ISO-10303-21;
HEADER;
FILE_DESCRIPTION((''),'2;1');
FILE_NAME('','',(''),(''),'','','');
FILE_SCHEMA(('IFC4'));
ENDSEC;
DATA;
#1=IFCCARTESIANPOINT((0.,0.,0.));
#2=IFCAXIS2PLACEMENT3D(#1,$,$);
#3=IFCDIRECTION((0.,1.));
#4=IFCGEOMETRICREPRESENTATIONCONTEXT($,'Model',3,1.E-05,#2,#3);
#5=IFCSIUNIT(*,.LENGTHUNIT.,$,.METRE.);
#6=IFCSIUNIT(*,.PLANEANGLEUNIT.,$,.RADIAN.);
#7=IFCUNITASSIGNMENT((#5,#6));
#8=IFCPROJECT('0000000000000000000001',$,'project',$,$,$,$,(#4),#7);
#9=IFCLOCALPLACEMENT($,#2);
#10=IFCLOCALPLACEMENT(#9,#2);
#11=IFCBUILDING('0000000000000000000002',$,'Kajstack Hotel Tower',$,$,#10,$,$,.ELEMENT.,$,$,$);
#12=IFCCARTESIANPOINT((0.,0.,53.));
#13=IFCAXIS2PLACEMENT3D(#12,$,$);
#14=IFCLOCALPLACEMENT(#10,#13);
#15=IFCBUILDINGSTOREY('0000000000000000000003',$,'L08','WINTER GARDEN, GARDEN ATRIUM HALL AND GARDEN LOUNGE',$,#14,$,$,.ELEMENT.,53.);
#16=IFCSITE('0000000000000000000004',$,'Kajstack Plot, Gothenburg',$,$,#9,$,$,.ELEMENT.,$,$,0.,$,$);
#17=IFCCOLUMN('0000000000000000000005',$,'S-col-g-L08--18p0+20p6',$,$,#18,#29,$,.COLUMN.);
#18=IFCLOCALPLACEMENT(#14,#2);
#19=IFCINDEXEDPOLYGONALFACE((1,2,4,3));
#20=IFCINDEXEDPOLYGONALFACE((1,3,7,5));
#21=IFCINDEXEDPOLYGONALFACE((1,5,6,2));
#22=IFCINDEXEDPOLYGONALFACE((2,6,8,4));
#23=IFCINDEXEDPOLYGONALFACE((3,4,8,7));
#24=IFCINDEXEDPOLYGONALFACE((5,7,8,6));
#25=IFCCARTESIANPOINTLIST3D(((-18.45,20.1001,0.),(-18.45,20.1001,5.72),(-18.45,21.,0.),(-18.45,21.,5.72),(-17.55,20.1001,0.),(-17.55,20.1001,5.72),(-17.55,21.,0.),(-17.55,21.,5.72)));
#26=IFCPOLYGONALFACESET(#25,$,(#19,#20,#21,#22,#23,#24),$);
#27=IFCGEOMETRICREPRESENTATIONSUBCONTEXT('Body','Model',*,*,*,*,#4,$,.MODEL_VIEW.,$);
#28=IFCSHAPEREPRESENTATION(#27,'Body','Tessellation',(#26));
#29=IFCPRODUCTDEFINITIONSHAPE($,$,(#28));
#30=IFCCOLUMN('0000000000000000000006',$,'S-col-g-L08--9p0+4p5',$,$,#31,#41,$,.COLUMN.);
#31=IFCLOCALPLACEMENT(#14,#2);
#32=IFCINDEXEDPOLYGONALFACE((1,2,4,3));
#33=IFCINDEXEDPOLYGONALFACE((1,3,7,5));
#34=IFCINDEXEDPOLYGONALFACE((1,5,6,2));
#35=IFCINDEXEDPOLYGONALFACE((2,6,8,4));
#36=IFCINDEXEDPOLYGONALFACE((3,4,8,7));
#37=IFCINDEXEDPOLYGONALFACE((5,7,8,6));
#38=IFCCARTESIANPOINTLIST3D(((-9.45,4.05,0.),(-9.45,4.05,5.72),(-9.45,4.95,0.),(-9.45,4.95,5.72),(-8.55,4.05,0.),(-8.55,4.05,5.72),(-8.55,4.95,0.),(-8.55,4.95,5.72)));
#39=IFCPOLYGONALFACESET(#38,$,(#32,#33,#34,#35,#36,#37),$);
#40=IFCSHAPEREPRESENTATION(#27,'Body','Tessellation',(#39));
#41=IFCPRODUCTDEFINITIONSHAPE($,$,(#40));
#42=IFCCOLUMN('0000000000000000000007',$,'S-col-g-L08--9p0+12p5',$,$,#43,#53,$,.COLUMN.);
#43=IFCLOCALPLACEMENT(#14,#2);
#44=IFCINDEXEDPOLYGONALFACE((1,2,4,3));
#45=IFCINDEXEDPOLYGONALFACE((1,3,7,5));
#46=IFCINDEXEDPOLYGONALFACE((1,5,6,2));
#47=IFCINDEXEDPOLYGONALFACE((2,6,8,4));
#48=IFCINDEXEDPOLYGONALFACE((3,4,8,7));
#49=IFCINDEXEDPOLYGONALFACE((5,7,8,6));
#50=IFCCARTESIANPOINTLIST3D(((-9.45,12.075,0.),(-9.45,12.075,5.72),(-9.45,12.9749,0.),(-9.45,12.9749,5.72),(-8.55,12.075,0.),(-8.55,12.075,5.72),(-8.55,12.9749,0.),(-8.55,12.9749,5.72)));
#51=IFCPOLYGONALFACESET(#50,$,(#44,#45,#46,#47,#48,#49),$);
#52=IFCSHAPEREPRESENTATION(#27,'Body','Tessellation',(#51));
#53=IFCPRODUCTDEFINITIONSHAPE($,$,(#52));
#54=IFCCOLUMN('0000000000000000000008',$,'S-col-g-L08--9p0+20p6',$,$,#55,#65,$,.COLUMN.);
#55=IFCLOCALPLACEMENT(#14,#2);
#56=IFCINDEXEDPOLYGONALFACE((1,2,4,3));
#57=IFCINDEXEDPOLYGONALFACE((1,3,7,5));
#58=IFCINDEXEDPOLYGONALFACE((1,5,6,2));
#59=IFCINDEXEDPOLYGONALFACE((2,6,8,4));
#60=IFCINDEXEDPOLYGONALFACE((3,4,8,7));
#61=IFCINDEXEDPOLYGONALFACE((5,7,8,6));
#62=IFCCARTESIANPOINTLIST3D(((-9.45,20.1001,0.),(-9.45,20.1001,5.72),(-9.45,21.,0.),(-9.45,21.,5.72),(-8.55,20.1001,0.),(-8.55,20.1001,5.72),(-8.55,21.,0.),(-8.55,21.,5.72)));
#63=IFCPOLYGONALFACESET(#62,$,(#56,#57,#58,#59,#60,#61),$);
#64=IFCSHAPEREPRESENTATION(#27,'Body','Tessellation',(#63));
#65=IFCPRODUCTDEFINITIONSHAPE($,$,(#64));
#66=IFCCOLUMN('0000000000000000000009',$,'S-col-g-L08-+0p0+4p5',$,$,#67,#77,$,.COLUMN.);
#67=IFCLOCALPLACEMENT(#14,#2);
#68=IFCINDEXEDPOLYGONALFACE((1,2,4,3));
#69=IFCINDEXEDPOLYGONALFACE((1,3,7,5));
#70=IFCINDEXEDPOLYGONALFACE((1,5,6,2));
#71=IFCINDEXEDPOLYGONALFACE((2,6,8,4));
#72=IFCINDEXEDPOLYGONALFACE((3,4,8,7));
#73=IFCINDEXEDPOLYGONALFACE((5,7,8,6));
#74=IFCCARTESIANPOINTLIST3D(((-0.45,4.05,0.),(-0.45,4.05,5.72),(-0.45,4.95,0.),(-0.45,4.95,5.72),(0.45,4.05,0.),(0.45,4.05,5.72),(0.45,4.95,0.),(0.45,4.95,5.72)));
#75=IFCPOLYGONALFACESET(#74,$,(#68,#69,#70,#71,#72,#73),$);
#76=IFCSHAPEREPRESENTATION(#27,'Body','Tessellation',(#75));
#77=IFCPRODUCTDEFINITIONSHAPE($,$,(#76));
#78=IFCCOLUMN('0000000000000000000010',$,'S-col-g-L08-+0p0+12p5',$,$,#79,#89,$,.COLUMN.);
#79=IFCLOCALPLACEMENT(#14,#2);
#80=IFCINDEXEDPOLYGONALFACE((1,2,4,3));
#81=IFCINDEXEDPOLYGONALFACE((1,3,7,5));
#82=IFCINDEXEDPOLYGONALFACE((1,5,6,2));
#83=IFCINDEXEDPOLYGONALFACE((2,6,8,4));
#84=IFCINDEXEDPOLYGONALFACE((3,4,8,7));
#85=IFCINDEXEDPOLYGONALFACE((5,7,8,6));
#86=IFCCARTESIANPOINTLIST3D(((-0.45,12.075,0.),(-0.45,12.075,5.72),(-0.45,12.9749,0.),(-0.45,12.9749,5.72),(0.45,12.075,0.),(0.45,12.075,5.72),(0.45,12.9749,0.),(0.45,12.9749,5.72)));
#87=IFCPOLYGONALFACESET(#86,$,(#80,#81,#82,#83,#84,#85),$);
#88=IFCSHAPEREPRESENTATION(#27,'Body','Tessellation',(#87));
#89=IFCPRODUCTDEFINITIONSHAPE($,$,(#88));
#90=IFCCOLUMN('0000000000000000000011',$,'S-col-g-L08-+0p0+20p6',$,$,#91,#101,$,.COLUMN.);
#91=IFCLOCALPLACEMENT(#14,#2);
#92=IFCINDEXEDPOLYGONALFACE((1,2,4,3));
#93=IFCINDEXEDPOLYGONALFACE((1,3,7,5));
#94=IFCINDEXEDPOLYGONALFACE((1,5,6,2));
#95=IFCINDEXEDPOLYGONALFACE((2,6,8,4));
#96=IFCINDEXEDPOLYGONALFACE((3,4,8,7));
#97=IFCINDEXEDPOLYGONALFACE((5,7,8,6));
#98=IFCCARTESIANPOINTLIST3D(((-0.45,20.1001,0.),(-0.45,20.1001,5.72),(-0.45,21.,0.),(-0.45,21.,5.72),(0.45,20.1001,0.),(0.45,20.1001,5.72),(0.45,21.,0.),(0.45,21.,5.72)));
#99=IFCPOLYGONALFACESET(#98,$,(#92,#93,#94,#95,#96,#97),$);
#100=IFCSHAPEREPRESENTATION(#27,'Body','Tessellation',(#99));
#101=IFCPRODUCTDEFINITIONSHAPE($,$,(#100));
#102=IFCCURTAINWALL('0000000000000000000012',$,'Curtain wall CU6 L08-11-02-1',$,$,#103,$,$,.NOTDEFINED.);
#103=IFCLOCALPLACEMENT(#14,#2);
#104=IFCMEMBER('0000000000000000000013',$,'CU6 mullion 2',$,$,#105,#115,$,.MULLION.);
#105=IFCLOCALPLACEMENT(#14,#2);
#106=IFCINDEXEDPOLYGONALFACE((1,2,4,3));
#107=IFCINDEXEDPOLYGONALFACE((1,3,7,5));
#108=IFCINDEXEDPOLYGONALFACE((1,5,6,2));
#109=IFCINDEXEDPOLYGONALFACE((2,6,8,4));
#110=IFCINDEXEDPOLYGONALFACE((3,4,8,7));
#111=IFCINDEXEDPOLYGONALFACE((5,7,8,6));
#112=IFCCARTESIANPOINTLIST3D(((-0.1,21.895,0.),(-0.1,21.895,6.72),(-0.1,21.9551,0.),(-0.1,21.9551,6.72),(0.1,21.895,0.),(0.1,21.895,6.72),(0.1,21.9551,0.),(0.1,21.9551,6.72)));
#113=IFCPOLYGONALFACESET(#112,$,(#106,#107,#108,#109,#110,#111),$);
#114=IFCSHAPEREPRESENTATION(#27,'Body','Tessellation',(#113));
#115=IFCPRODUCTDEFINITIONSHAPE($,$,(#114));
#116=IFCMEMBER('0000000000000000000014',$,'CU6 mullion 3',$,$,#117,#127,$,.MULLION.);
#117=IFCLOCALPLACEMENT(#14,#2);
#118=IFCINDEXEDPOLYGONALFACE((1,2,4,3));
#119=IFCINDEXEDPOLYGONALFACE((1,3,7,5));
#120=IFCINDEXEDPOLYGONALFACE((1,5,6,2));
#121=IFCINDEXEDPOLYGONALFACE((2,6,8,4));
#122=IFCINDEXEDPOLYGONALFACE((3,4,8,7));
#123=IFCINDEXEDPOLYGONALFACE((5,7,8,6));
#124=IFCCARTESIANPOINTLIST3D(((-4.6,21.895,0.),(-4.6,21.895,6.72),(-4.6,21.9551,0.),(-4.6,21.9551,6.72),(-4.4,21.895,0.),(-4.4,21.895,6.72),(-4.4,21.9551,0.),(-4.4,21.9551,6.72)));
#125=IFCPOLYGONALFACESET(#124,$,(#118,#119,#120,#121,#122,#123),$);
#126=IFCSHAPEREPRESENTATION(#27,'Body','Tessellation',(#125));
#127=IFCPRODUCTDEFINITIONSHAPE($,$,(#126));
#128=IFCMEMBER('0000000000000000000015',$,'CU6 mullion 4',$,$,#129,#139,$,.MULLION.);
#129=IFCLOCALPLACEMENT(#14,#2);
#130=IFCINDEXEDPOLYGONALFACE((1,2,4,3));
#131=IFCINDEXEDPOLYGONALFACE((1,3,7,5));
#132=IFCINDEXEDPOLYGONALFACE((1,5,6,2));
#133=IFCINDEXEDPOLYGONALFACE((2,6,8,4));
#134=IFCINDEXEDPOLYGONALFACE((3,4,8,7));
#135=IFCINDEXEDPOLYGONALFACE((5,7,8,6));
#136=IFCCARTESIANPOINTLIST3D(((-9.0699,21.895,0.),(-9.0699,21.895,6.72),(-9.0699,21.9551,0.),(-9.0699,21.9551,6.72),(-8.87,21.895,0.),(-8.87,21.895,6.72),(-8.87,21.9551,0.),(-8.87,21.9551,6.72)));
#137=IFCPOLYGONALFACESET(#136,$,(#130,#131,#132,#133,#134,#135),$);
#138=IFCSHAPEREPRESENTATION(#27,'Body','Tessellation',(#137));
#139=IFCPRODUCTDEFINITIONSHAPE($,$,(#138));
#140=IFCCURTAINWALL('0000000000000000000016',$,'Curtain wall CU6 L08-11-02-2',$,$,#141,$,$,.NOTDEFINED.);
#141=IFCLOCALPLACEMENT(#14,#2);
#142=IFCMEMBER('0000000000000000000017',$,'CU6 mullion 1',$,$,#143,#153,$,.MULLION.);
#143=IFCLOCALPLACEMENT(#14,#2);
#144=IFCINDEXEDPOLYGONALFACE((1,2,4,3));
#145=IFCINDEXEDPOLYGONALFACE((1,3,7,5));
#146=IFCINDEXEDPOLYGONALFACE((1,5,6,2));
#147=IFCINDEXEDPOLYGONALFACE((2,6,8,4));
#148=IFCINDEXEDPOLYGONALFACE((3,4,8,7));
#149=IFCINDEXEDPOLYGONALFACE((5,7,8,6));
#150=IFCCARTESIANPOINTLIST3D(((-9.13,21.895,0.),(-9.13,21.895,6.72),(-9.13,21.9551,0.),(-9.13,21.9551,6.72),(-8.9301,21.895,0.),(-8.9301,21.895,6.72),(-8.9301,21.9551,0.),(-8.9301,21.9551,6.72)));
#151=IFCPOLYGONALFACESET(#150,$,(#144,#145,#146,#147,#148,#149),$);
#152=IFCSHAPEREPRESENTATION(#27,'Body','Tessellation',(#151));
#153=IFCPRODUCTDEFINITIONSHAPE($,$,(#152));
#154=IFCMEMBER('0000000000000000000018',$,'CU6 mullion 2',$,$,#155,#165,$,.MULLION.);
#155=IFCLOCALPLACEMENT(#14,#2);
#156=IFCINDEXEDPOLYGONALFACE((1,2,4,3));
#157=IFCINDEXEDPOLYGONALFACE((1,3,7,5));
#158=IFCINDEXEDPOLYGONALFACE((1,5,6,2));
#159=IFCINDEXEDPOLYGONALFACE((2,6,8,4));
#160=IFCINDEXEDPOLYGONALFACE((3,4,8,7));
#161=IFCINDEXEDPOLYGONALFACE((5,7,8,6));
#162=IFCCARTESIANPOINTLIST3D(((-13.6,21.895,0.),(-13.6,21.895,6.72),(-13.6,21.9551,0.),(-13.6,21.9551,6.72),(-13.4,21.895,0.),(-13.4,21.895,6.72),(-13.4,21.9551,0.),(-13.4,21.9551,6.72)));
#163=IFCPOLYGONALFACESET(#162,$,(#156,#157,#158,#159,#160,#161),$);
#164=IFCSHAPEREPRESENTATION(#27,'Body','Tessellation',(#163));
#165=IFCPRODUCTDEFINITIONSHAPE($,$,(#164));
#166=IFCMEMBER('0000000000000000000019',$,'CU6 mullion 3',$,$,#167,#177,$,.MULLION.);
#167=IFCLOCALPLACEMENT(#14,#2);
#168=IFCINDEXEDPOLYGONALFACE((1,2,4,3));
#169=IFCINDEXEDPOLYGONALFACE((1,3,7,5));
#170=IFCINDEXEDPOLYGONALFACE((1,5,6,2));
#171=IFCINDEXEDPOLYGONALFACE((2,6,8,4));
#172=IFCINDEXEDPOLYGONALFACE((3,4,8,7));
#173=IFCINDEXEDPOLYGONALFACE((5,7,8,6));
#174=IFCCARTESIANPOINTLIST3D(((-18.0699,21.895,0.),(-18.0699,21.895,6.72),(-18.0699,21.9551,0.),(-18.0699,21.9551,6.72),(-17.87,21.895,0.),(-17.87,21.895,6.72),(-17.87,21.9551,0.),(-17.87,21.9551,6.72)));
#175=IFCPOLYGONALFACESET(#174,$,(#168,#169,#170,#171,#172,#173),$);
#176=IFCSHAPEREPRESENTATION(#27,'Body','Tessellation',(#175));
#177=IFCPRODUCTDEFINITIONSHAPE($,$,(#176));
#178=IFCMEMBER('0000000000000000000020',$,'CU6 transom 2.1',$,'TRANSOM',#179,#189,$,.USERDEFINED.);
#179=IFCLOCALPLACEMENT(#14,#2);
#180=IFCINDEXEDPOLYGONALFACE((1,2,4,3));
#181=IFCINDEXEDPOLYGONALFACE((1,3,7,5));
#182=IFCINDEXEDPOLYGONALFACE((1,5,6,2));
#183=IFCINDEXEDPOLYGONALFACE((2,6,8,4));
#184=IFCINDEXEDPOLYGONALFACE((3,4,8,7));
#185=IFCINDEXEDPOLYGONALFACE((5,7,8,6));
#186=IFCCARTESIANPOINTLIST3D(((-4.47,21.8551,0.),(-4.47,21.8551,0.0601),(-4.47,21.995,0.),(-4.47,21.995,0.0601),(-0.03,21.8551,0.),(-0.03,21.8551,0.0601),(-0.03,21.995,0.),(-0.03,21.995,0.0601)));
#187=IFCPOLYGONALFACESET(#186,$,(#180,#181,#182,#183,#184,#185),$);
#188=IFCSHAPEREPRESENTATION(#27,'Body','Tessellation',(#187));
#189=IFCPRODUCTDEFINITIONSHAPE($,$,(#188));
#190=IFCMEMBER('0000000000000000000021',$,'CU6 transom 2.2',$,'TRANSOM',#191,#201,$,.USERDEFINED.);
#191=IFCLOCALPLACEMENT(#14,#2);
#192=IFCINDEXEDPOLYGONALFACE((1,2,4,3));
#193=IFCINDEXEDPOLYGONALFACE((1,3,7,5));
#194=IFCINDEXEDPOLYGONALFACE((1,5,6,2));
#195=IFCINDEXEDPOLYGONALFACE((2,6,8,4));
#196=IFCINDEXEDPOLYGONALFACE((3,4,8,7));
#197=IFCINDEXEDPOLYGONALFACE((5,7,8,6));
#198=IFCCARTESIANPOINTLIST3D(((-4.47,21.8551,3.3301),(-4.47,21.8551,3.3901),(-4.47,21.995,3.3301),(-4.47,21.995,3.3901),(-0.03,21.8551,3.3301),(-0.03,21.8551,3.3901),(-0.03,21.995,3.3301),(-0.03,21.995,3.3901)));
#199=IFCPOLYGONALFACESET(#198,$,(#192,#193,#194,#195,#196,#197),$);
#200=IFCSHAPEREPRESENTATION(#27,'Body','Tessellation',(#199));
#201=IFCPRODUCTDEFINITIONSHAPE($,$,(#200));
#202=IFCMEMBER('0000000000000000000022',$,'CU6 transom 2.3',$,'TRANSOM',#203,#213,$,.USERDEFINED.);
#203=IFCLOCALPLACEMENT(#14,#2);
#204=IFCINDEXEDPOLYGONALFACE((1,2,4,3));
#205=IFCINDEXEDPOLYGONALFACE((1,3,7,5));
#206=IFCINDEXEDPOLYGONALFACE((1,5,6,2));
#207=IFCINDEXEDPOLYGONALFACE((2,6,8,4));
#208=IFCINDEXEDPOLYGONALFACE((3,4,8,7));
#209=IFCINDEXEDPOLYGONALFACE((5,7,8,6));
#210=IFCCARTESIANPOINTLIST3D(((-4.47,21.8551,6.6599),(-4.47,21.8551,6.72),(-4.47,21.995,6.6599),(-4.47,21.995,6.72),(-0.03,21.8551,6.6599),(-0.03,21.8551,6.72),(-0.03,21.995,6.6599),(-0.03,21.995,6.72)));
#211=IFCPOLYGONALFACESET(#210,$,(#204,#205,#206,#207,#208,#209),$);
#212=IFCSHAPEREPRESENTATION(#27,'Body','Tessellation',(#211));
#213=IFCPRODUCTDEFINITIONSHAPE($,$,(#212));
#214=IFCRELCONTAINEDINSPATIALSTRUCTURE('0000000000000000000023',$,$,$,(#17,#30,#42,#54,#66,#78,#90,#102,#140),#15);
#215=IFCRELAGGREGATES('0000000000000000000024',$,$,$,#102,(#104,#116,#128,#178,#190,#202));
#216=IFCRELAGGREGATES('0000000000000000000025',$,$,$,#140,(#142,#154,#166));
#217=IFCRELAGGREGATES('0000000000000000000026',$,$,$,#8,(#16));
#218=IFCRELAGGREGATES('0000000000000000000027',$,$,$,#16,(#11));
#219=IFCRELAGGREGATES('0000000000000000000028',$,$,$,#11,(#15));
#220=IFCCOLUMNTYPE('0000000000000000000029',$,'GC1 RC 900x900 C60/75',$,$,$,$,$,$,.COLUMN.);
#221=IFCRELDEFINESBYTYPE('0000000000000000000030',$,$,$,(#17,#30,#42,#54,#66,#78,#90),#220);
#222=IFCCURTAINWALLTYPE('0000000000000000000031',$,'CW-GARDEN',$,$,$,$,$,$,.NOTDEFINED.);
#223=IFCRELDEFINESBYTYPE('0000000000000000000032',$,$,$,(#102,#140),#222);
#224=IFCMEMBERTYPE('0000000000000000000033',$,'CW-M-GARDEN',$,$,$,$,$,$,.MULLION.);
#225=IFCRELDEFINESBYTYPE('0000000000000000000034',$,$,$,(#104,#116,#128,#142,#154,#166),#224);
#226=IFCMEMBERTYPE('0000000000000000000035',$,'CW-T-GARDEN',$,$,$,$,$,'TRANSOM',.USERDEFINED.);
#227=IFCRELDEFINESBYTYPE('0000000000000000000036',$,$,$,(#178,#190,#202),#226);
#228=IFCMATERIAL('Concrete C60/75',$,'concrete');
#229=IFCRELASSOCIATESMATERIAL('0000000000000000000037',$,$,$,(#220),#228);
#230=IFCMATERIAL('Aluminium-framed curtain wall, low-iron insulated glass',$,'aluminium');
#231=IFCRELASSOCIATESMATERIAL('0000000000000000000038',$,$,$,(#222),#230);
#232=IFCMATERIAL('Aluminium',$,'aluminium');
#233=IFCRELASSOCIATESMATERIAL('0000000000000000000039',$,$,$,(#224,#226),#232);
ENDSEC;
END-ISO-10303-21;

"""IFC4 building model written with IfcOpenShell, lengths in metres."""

from ifc_helpers import new_model, si_unit, direction, frame, origin, origin_2d, place, context, subcontext, project, spatial, rectangle, extrude, material, material_profile, profile_set, type_object, element, aggregate, save


model = new_model("IFC4")

# Units and contexts
model_context = context("Model", 3, precision=1e-05, world=origin(), true_north=direction((0.0, 1.0)))
body_context = subcontext(model_context, "Body", "Model", "MODEL_VIEW")
ifc_project = project(units=[si_unit("LENGTHUNIT", "METRE"), si_unit("PLANEANGLEUNIT", "RADIAN")], contexts=[model_context])

# Site, building, storey
site_placement = place(None, origin())
site = spatial("IfcSite", under=ifc_project, at=site_placement, Name="Kajstack Plot, Gothenburg", CompositionType="ELEMENT", RefElevation=0.0)
building_placement = place(site_placement, origin())
building = spatial("IfcBuilding", under=site, at=building_placement, Name="Kajstack Hotel Tower", CompositionType="ELEMENT")
storey_placement = place(building_placement, frame((0.0, 0.0, 53.0)))
storey = spatial("IfcBuildingStorey", under=building, at=storey_placement, Name="L08", Description="WINTER GARDEN, GARDEN ATRIUM HALL AND GARDEN LOUNGE", CompositionType="ELEMENT", Elevation=53.0)

# Columns
ifc_material_1 = material(Name="Concrete C60/75", Category="concrete")
ifc_material_profile_1 = material_profile(ifc_material_1, rectangle(XDim=0.8999, YDim=0.8999, at=origin_2d()), Name="RC 900x900")
ifc_profile_set_1 = profile_set([ifc_material_profile_1], Name="Concrete C60/75")
column_type = type_object("IfcColumnType", Name="GC1 RC 900x900 C60/75", PredefinedType="COLUMN", material=ifc_profile_set_1)
for number, where, z_axis, x_axis, name in (
    (1, (-18.0, 20.55, 0.0), (0.0, 0.0, 1.0), (1.0, 0.0, 0.0), "S-col-g-L08--18p0+20p6"),
    (2, (-9.0, 4.5, 0.0), (0.0, 0.0, 1.0), (1.0, 0.0, 0.0), "S-col-g-L08--9p0+4p5"),
    (3, (-9.0, 12.5249, 0.0), (0.0, 0.0, 1.0), (1.0, 0.0, 0.0), "S-col-g-L08--9p0+12p5"),
    (4, (-9.0, 20.55, 0.0), (0.0, 0.0, 1.0), (1.0, 0.0, 0.0), "S-col-g-L08--9p0+20p6"),
    (5, (0.0, 4.5, 0.0), (0.0, 0.0, 1.0), (1.0, 0.0, 0.0), "S-col-g-L08-+0p0+4p5"),
    (6, (0.0, 12.5249, 0.0), (0.0, 0.0, 1.0), (1.0, 0.0, 0.0), "S-col-g-L08-+0p0+12p5"),
    (7, (0.0, 20.55, 0.0), (0.0, 0.0, 1.0), (1.0, 0.0, 0.0), "S-col-g-L08-+0p0+20p6"),
):
    element("IfcColumn", number, at=place(storey_placement, frame(where, z_axis=z_axis, x_axis=x_axis)), inside=storey, type_object=column_type, Name=name, PredefinedType="COLUMN", context=body_context, shape_type="SweptSolid", body=[
        extrude(rectangle(XDim=0.8999, YDim=0.8999, at=origin_2d()), origin(), (0.0, 0.0, 1.0), 5.72),
    ])

# Curtain walls, members
ifc_material_2 = material(Name="Aluminium-framed curtain wall, low-iron insulated glass", Category="aluminium")
curtain_wall_type = type_object("IfcCurtainWallType", Name="CW-GARDEN", PredefinedType="NOTDEFINED", material=ifc_material_2)
curtain_wall_1_placement = place(storey_placement, origin())
curtain_wall_1 = element("IfcCurtainWall", 8, at=curtain_wall_1_placement, inside=storey, type_object=curtain_wall_type, Name="Curtain wall CU6 L08-11-02-1", PredefinedType="NOTDEFINED")
ifc_material_3 = material(Name="Aluminium", Category="aluminium")
ifc_material_profile_2 = material_profile(ifc_material_3, rectangle(XDim=0.0601, YDim=0.2, at=origin_2d()), Name="Aluminium mullion 60 x 200")
ifc_profile_set_2 = profile_set([ifc_material_profile_2], Name="Aluminium")
member_type_1 = type_object("IfcMemberType", Name="CW-M-GARDEN", PredefinedType="MULLION", material=ifc_profile_set_2)
member_1_placement = place(storey_placement, frame((0.0, 21.925, 0.0), z_axis=(0.0, 0.0, 1.0), x_axis=(0.0, -1.0, 0.0)))
member_1 = element("IfcMember", 9, at=member_1_placement, type_object=member_type_1, Name="CU6 mullion 2", PredefinedType="MULLION", context=body_context, shape_type="SweptSolid", body=[
    extrude(rectangle(XDim=0.0601, YDim=0.2, at=origin_2d()), origin(), (0.0, 0.0, 1.0), 6.72),
])
member_2_placement = place(storey_placement, frame((-4.5, 21.925, 0.0), z_axis=(0.0, 0.0, 1.0), x_axis=(0.0, -1.0, 0.0)))
member_2 = element("IfcMember", 10, at=member_2_placement, type_object=member_type_1, Name="CU6 mullion 3", PredefinedType="MULLION", context=body_context, shape_type="SweptSolid", body=[
    extrude(rectangle(XDim=0.0601, YDim=0.2, at=origin_2d()), origin(), (0.0, 0.0, 1.0), 6.72),
])
member_3_placement = place(storey_placement, frame((-8.97, 21.925, 0.0), z_axis=(0.0, 0.0, 1.0), x_axis=(0.0, -1.0, 0.0)))
member_3 = element("IfcMember", 11, at=member_3_placement, type_object=member_type_1, Name="CU6 mullion 4", PredefinedType="MULLION", context=body_context, shape_type="SweptSolid", body=[
    extrude(rectangle(XDim=0.0601, YDim=0.2, at=origin_2d()), origin(), (0.0, 0.0, 1.0), 6.72),
])
curtain_wall_2_placement = place(storey_placement, origin())
curtain_wall_2 = element("IfcCurtainWall", 12, at=curtain_wall_2_placement, inside=storey, type_object=curtain_wall_type, Name="Curtain wall CU6 L08-11-02-2", PredefinedType="NOTDEFINED")
member_4_placement = place(storey_placement, frame((-9.03, 21.925, 0.0), z_axis=(0.0, 0.0, 1.0), x_axis=(0.0, -1.0, 0.0)))
member_4 = element("IfcMember", 13, at=member_4_placement, type_object=member_type_1, Name="CU6 mullion 1", PredefinedType="MULLION", context=body_context, shape_type="SweptSolid", body=[
    extrude(rectangle(XDim=0.0601, YDim=0.2, at=origin_2d()), origin(), (0.0, 0.0, 1.0), 6.72),
])
member_5_placement = place(storey_placement, frame((-13.5, 21.925, 0.0), z_axis=(0.0, 0.0, 1.0), x_axis=(0.0, -1.0, 0.0)))
member_5 = element("IfcMember", 14, at=member_5_placement, type_object=member_type_1, Name="CU6 mullion 2", PredefinedType="MULLION", context=body_context, shape_type="SweptSolid", body=[
    extrude(rectangle(XDim=0.0601, YDim=0.2, at=origin_2d()), origin(), (0.0, 0.0, 1.0), 6.72),
])
member_6_placement = place(storey_placement, frame((-17.97, 21.925, 0.0), z_axis=(0.0, 0.0, 1.0), x_axis=(0.0, -1.0, 0.0)))
member_6 = element("IfcMember", 15, at=member_6_placement, type_object=member_type_1, Name="CU6 mullion 3", PredefinedType="MULLION", context=body_context, shape_type="SweptSolid", body=[
    extrude(rectangle(XDim=0.0601, YDim=0.2, at=origin_2d()), origin(), (0.0, 0.0, 1.0), 6.72),
])

# Members
ifc_material_profile_3 = material_profile(ifc_material_3, rectangle(XDim=0.1399, YDim=0.0601, at=origin_2d()), Name="Aluminium transom 140 x 60")
ifc_profile_set_3 = profile_set([ifc_material_profile_3], Name="Aluminium")
member_type_2 = type_object("IfcMemberType", Name="CW-T-GARDEN", ElementType="TRANSOM", PredefinedType="USERDEFINED", material=ifc_profile_set_3)
member_7_placement = place(storey_placement, frame((-0.03, 21.925, 0.03), z_axis=(-1.0, 0.0, 0.0), x_axis=(0.0, -1.0, 0.0)))
member_7 = element("IfcMember", 16, at=member_7_placement, type_object=member_type_2, Name="CU6 transom 2.1", ObjectType="TRANSOM", PredefinedType="USERDEFINED", context=body_context, shape_type="SweptSolid", body=[
    extrude(rectangle(XDim=0.1399, YDim=0.0601, at=origin_2d()), origin(), (0.0, 0.0, 1.0), 4.4399),
])
member_8_placement = place(storey_placement, frame((-0.03, 21.925, 3.3601), z_axis=(-1.0, 0.0, 0.0), x_axis=(0.0, -1.0, 0.0)))
member_8 = element("IfcMember", 17, at=member_8_placement, type_object=member_type_2, Name="CU6 transom 2.2", ObjectType="TRANSOM", PredefinedType="USERDEFINED", context=body_context, shape_type="SweptSolid", body=[
    extrude(rectangle(XDim=0.1399, YDim=0.0601, at=origin_2d()), origin(), (0.0, 0.0, 1.0), 4.4399),
])
member_9_placement = place(storey_placement, frame((-0.03, 21.925, 6.6899), z_axis=(-1.0, 0.0, 0.0), x_axis=(0.0, -1.0, 0.0)))
member_9 = element("IfcMember", 18, at=member_9_placement, type_object=member_type_2, Name="CU6 transom 2.3", ObjectType="TRANSOM", PredefinedType="USERDEFINED", context=body_context, shape_type="SweptSolid", body=[
    extrude(rectangle(XDim=0.1399, YDim=0.0601, at=origin_2d()), origin(), (0.0, 0.0, 1.0), 4.4399),
])

aggregate(curtain_wall_1, [member_1, member_2, member_3, member_7, member_8, member_9])
aggregate(curtain_wall_2, [member_4, member_5, member_6])

save(model, "model.ifc")
